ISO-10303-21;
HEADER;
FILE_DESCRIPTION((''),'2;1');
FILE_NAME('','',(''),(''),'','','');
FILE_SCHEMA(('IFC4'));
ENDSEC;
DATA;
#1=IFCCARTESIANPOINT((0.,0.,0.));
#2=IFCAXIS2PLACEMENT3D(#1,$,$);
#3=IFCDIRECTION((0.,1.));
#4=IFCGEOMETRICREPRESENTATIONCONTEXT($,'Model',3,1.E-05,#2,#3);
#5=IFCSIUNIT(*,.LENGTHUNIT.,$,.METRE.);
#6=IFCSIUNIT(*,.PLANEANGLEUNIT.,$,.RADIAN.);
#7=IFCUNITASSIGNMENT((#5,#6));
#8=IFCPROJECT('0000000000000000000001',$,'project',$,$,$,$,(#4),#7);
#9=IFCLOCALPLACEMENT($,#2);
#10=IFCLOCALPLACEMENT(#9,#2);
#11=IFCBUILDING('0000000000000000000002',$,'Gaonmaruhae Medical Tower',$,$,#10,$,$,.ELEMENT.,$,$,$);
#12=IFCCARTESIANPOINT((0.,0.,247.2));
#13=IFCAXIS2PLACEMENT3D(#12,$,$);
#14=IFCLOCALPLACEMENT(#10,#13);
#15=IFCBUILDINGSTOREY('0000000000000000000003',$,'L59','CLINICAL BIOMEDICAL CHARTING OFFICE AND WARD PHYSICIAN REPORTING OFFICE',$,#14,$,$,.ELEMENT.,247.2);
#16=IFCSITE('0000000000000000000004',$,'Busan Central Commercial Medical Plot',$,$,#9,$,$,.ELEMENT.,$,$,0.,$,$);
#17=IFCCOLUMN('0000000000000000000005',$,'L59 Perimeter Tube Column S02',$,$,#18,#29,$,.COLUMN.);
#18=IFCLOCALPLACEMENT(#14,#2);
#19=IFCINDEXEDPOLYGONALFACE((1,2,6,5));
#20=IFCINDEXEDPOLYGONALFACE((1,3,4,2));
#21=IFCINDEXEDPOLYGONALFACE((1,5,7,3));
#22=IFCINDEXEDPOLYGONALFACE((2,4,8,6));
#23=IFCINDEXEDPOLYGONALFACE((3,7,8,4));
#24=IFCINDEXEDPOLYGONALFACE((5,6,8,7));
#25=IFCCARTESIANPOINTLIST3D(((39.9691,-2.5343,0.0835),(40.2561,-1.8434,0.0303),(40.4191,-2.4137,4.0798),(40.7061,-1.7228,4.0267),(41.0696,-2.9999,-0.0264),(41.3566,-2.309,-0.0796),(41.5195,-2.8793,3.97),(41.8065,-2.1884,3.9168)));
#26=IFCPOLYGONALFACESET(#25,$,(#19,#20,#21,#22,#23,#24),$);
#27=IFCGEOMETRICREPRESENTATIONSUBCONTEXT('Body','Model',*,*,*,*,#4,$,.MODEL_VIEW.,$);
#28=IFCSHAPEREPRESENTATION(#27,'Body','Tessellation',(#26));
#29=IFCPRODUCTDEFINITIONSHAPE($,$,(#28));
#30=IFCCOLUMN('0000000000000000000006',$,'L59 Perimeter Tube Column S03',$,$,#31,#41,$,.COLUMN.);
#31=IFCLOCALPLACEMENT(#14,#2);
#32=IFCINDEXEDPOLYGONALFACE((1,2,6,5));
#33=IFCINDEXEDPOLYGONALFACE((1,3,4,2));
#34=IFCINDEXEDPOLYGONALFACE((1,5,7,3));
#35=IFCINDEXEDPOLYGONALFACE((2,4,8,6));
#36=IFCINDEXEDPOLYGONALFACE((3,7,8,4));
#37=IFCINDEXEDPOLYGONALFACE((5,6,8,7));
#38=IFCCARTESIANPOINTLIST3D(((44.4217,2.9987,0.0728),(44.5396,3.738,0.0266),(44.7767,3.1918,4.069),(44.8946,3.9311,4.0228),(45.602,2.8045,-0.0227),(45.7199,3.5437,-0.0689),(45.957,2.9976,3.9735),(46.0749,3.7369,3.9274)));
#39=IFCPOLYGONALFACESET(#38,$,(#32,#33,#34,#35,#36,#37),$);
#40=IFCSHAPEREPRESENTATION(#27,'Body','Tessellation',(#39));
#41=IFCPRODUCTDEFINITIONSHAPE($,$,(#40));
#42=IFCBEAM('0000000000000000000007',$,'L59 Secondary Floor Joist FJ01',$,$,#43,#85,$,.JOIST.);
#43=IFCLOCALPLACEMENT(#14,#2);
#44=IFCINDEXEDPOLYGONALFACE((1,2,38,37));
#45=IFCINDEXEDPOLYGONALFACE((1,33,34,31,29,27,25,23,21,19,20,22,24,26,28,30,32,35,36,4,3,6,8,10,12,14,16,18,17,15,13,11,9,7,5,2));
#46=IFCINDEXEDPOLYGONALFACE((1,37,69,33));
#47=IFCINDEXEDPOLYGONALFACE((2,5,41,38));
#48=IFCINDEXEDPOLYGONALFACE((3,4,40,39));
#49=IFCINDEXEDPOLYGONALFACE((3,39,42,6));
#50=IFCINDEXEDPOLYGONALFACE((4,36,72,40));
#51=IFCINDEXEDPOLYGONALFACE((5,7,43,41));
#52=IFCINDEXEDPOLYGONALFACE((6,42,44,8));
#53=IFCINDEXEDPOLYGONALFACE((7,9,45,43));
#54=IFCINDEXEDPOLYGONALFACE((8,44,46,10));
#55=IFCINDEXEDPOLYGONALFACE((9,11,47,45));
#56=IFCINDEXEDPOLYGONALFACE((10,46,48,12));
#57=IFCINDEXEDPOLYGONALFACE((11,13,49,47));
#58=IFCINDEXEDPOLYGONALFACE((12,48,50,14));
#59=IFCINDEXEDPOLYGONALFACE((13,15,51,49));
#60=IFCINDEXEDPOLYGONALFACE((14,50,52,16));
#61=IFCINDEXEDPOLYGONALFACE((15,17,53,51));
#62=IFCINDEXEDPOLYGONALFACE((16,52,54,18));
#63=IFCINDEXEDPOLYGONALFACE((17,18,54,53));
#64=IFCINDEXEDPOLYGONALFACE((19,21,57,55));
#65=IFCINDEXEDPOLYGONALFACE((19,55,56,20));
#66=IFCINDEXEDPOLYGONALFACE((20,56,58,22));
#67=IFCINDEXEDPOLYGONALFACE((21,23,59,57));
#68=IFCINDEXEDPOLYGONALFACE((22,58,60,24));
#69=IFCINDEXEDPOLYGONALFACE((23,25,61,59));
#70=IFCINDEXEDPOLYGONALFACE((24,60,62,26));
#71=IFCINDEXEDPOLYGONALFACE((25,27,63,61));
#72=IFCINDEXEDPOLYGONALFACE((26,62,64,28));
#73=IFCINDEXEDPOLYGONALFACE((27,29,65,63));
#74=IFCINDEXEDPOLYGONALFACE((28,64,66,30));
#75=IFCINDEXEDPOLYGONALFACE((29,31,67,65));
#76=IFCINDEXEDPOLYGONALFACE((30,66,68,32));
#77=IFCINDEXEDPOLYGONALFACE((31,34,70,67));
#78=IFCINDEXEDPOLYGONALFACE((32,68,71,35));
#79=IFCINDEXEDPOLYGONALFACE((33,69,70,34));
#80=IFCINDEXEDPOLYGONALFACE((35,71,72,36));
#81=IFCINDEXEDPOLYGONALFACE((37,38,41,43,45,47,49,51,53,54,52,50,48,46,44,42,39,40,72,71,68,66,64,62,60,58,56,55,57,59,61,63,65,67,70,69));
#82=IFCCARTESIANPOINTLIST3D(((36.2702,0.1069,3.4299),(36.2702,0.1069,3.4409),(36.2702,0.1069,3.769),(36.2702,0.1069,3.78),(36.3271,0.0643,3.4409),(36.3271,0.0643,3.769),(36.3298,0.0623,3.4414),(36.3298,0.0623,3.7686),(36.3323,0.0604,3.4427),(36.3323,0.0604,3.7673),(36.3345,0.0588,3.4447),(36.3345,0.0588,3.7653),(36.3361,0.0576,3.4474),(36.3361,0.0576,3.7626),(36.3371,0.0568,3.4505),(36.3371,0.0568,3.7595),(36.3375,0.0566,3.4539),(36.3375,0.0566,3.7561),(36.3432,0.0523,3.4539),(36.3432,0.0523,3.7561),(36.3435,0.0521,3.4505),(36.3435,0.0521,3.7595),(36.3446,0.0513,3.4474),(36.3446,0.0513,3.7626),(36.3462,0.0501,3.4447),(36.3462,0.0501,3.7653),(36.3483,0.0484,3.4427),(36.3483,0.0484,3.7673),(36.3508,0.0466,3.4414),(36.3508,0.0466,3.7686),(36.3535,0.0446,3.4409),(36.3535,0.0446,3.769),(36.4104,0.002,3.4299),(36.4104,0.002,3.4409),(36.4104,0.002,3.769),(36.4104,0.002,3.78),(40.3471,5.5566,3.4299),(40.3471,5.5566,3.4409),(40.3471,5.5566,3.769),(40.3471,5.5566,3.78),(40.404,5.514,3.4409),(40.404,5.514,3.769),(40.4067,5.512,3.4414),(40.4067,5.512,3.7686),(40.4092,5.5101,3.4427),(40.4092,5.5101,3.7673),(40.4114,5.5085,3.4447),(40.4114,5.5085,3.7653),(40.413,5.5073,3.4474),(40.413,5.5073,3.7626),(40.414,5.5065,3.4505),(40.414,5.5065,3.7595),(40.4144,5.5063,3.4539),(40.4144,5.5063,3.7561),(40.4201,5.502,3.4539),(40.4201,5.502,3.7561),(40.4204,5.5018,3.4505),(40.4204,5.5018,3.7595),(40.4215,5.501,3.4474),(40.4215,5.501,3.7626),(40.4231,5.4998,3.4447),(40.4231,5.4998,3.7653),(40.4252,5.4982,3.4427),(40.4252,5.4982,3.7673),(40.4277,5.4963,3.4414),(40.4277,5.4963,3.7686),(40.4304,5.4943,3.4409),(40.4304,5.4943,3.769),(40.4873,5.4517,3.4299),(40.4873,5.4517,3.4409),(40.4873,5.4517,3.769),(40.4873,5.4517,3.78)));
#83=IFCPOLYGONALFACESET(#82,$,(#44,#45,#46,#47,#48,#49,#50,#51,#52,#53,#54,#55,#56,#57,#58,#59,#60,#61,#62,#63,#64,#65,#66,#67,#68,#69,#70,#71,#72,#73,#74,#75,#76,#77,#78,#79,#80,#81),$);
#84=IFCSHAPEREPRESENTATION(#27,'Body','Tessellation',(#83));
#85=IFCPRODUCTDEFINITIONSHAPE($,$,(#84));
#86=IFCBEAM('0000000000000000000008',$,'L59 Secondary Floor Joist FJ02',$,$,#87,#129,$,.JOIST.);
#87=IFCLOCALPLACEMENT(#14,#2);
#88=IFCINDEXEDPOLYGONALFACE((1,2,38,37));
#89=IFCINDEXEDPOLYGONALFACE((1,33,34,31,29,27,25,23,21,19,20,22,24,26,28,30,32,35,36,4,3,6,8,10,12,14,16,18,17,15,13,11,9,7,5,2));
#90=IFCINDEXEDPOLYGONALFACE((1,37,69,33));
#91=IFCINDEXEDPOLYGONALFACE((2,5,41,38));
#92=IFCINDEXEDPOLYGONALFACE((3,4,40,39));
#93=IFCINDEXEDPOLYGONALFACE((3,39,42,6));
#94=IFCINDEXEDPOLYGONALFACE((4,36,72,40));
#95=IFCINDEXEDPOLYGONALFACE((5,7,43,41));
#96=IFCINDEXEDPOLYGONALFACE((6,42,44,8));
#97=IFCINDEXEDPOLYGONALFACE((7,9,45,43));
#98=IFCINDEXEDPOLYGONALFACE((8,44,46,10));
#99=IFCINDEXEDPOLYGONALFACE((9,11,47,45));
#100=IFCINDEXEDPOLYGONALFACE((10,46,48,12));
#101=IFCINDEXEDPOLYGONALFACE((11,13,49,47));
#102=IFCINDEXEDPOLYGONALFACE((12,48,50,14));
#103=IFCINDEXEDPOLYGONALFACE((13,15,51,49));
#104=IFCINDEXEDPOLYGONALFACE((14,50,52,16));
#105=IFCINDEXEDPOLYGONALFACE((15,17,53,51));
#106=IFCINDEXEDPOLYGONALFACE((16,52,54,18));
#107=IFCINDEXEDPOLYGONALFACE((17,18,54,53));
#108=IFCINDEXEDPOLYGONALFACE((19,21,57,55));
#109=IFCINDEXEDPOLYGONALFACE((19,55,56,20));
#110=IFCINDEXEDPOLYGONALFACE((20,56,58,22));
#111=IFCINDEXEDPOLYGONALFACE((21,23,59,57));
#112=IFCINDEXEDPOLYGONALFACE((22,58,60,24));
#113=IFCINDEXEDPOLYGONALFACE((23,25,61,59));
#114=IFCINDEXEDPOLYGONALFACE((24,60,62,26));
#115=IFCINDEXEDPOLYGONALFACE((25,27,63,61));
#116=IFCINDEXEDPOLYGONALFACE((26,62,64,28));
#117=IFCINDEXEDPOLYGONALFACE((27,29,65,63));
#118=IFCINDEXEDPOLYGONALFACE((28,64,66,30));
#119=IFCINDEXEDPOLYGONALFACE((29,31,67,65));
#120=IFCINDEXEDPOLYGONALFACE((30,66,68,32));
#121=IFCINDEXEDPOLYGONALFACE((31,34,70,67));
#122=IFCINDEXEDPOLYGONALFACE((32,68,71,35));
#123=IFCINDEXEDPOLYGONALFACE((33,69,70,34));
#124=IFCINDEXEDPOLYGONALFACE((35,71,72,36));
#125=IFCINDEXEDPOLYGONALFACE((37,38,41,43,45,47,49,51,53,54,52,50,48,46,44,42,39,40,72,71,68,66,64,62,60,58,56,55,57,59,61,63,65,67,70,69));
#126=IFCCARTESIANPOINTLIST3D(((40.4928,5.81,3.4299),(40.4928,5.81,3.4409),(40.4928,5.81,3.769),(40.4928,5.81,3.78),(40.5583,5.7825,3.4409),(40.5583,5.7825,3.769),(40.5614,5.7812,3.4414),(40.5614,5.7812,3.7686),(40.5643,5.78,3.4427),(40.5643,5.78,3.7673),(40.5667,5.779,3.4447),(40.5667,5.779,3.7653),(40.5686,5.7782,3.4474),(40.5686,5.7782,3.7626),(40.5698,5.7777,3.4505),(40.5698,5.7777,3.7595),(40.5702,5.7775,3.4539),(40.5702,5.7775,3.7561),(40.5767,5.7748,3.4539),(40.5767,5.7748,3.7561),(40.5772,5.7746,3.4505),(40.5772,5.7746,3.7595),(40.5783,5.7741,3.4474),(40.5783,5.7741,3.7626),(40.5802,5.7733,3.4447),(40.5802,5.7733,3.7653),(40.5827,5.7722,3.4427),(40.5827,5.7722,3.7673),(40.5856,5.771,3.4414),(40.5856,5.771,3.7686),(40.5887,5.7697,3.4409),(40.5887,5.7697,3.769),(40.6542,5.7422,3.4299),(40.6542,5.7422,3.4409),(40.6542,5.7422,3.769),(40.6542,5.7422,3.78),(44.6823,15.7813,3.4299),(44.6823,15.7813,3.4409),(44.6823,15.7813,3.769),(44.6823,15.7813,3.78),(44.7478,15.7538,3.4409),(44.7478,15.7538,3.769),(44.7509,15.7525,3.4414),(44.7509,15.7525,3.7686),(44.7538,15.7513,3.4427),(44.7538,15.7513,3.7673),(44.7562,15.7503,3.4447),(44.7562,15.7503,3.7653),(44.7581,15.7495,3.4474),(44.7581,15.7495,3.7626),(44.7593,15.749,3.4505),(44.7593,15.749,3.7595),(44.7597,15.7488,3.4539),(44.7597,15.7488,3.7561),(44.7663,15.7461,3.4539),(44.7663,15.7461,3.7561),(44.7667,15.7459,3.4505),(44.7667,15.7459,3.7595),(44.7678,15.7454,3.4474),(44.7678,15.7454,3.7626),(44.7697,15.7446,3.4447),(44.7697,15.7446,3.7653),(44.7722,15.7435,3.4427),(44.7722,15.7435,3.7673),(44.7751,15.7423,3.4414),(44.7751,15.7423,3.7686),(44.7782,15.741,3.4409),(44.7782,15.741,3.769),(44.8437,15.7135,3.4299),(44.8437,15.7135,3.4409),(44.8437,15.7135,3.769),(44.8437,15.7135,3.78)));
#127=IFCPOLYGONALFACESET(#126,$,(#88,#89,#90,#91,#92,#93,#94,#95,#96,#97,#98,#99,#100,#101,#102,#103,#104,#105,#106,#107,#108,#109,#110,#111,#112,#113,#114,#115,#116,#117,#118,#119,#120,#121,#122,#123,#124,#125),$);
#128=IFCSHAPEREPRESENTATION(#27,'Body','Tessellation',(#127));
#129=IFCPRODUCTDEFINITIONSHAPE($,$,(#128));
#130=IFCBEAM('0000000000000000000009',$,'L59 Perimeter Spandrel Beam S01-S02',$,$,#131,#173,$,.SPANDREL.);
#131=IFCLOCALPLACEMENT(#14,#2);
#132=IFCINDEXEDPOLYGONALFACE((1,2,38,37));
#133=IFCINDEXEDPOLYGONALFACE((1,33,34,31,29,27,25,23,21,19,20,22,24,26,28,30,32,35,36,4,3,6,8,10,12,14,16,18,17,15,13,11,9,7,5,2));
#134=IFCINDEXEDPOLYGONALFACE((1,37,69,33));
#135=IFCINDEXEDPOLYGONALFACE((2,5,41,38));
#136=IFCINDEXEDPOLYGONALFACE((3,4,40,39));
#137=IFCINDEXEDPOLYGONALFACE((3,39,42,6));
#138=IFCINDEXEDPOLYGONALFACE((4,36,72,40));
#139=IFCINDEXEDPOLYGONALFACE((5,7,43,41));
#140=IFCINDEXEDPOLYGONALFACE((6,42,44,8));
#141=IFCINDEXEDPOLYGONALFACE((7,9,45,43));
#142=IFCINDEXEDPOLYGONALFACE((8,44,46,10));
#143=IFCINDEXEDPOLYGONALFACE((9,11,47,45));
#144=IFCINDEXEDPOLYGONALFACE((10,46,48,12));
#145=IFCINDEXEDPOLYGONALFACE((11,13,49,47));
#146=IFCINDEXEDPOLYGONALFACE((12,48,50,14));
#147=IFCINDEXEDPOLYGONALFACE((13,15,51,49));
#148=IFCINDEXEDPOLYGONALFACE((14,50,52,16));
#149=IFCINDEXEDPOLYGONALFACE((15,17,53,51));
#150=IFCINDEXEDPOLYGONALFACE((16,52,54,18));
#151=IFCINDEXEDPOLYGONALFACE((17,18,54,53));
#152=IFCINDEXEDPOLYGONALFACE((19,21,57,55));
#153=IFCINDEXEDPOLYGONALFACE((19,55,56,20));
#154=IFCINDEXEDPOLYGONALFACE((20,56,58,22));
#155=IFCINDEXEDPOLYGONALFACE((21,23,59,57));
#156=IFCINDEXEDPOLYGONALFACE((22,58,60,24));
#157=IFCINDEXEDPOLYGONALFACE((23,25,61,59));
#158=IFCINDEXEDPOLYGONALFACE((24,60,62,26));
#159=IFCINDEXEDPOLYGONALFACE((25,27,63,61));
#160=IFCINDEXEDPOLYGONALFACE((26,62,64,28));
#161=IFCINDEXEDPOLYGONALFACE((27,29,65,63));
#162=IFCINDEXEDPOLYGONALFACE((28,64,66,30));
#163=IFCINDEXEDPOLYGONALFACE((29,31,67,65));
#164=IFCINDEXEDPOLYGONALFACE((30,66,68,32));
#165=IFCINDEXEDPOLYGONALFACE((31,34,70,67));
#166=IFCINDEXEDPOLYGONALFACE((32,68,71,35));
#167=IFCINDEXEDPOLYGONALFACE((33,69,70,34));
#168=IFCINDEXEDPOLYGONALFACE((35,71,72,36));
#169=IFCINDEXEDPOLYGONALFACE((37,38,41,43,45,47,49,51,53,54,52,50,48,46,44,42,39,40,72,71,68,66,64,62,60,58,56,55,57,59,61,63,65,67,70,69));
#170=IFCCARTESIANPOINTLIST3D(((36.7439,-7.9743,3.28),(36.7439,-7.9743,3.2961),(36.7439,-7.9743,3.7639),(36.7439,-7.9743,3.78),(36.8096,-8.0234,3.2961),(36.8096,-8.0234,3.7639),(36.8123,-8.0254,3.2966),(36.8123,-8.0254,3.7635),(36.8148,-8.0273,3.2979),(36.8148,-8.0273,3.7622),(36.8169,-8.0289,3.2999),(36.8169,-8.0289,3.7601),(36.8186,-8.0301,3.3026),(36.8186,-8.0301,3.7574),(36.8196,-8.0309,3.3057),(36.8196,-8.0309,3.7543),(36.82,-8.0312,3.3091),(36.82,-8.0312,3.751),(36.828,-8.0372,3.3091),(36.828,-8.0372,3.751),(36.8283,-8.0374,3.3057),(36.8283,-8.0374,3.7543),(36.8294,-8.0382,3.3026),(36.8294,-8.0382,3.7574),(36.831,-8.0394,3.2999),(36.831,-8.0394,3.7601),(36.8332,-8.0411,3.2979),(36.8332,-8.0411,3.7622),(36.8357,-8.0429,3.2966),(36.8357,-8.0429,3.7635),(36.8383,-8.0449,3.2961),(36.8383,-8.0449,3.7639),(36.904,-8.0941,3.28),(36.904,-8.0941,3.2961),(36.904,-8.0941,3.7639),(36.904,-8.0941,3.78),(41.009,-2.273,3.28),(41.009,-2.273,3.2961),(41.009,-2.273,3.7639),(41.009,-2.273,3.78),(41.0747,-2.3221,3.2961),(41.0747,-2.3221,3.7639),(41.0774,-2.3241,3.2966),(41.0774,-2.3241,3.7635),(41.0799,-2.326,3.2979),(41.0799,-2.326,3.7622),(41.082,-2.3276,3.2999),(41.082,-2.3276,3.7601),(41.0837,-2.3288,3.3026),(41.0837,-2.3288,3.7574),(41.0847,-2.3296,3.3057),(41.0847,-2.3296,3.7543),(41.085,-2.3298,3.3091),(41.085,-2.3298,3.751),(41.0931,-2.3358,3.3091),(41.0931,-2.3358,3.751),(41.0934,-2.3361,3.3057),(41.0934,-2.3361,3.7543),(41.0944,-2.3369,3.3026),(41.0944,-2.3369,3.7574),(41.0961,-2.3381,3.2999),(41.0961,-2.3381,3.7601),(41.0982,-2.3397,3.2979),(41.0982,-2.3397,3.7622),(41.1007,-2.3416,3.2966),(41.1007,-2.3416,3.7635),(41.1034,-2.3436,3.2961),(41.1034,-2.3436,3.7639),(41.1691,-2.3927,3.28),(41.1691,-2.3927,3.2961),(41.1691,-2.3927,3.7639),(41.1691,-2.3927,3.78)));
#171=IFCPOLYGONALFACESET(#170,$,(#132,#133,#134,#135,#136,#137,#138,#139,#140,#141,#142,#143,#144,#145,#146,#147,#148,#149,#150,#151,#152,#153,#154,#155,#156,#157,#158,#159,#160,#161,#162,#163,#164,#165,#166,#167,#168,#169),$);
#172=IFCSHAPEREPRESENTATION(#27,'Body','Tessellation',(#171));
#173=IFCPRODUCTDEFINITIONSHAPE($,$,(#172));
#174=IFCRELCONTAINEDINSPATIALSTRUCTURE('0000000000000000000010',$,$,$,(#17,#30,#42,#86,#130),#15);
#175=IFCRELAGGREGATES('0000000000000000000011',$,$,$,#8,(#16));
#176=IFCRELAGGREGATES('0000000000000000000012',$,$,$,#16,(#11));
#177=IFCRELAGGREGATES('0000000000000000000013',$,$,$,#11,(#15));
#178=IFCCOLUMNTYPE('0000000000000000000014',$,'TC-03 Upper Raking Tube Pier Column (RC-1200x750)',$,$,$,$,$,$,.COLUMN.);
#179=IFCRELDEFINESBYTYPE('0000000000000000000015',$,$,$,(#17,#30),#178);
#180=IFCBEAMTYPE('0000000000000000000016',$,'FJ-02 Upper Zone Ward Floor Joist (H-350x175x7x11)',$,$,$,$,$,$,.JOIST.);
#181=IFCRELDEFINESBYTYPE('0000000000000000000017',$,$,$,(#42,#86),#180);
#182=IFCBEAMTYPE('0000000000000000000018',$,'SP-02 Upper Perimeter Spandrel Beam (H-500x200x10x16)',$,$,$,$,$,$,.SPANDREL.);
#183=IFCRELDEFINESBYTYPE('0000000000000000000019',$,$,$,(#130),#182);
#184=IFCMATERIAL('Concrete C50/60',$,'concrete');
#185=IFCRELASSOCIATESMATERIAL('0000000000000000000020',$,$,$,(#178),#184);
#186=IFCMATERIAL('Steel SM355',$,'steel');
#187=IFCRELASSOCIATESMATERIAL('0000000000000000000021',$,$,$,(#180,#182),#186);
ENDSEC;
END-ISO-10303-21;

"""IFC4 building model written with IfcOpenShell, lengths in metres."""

from ifc_helpers import new_model, si_unit, direction, frame, origin, origin_2d, place, context, subcontext, project, spatial, rectangle, i_section, extrude, material, material_profile, profile_set, type_object, element, save


model = new_model("IFC4")

# Units and contexts
model_context = context("Model", 3, precision=1e-05, world=origin(), true_north=direction((0.0, 1.0)))
body_context = subcontext(model_context, "Body", "Model", "MODEL_VIEW")
ifc_project = project(units=[si_unit("LENGTHUNIT", "METRE"), si_unit("PLANEANGLEUNIT", "RADIAN")], contexts=[model_context])

# Site, building, storey
site_placement = place(None, origin())
site = spatial("IfcSite", under=ifc_project, at=site_placement, Name="Busan Central Commercial Medical Plot", CompositionType="ELEMENT", RefElevation=0.0)
building_placement = place(site_placement, origin())
building = spatial("IfcBuilding", under=site, at=building_placement, Name="Gaonmaruhae Medical Tower", CompositionType="ELEMENT")
storey_placement = place(building_placement, frame((0.0, 0.0, 247.2)))
storey = spatial("IfcBuildingStorey", under=building, at=storey_placement, Name="L59", Description="CLINICAL BIOMEDICAL CHARTING OFFICE AND WARD PHYSICIAN REPORTING OFFICE", CompositionType="ELEMENT", Elevation=247.2)

# Columns
ifc_material_1 = material(Name="Concrete C50/60", Category="concrete")
ifc_material_profile_1 = material_profile(ifc_material_1, rectangle(XDim=1.2, YDim=0.75, at=origin_2d()), Name="RC-1200x750")
ifc_profile_set_1 = profile_set([ifc_material_profile_1], Name="Concrete C50/60")
column_type = type_object("IfcColumnType", Name="TC-03 Upper Raking Tube Pier Column (RC-1200x750)", PredefinedType="COLUMN", material=ifc_profile_set_1)
column_1_placement = place(storey_placement, frame((40.6628, -2.4216, 0.002), z_axis=(0.111834, 0.029976, 0.993275), x_axis=(-0.917098, 0.388009, 0.091547)))
element("IfcColumn", 1, at=column_1_placement, inside=storey, type_object=column_type, Name="L59 Perimeter Tube Column S02", PredefinedType="COLUMN", context=body_context, shape_type="SweptSolid", body=[
    extrude(rectangle(XDim=1.2, YDim=0.75, at=origin_2d()), origin(), (0.0, 0.0, 1.0), 4.0234),
])
column_2_placement = place(storey_placement, frame((45.0708, 3.2712, 0.002), z_axis=(0.088376, 0.048078, 0.994926), x_axis=(-0.983604, 0.161851, 0.079549)))
element("IfcColumn", 2, at=column_2_placement, inside=storey, type_object=column_type, Name="L59 Perimeter Tube Column S03", PredefinedType="COLUMN", context=body_context, shape_type="SweptSolid", body=[
    extrude(rectangle(XDim=1.2, YDim=0.75, at=origin_2d()), origin(), (0.0, 0.0, 1.0), 4.0166),
])

# Beams
ifc_material_2 = material(Name="Steel SM355", Category="steel")
ifc_material_profile_2 = material_profile(ifc_material_2, i_section(OverallWidth=0.175, OverallDepth=0.3501, WebThickness=0.0071, FlangeThickness=0.011, FilletRadius=0.0129, at=origin_2d()), Name="H-350x175x7x11")
ifc_profile_set_2 = profile_set([ifc_material_profile_2], Name="Steel SM355")
beam_type_1 = type_object("IfcBeamType", Name="FJ-02 Upper Zone Ward Floor Joist (H-350x175x7x11)", PredefinedType="JOIST", material=ifc_profile_set_2)
beam_1_placement = place(storey_placement, frame((36.3403, 0.0544, 3.605), z_axis=(0.599024, 0.800731, 0.0), x_axis=(-0.800731, 0.599024, 0.0)))
element("IfcBeam", 3, at=beam_1_placement, inside=storey, type_object=beam_type_1, Name="L59 Secondary Floor Joist FJ01", PredefinedType="JOIST", context=body_context, shape_type="SweptSolid", body=[
    extrude(i_section(OverallWidth=0.175, OverallDepth=0.3501, WebThickness=0.0071, FlangeThickness=0.011, FilletRadius=0.0129, at=origin_2d()), origin(), (0.0, 0.0, 1.0), 6.8059),
])
beam_2_placement = place(storey_placement, frame((40.5735, 5.7761, 3.605), z_axis=(0.387355, 0.921931, 0.0), x_axis=(-0.921931, 0.387355, 0.0)))
element("IfcBeam", 4, at=beam_2_placement, inside=storey, type_object=beam_type_1, Name="L59 Secondary Floor Joist FJ02", PredefinedType="JOIST", context=body_context, shape_type="SweptSolid", body=[
    extrude(i_section(OverallWidth=0.175, OverallDepth=0.3501, WebThickness=0.0071, FlangeThickness=0.011, FilletRadius=0.0129, at=origin_2d()), origin(), (0.0, 0.0, 1.0), 10.8157),
])
ifc_material_profile_3 = material_profile(ifc_material_2, i_section(OverallWidth=0.2, OverallDepth=0.5, WebThickness=0.01, FlangeThickness=0.0161, FilletRadius=0.0129, at=origin_2d()), Name="H-500x200x10x16")
ifc_profile_set_3 = profile_set([ifc_material_profile_3], Name="Steel SM355")
beam_type_2 = type_object("IfcBeamType", Name="SP-02 Upper Perimeter Spandrel Beam (H-500x200x10x16)", PredefinedType="SPANDREL", material=ifc_profile_set_3)
for number, where, z_axis, x_axis, name in (
    (5, (36.824, -8.0342, 3.53), (0.599018, 0.800736, 0.0), (-0.800736, 0.599018, 0.0), "L59 Perimeter Spandrel Beam S01-S02"),
):
    element("IfcBeam", number, at=place(storey_placement, frame(where, z_axis=z_axis, x_axis=x_axis)), inside=storey, type_object=beam_type_2, Name=name, PredefinedType="SPANDREL", context=body_context, shape_type="SweptSolid", body=[
        extrude(i_section(OverallWidth=0.2, OverallDepth=0.5, WebThickness=0.01, FlangeThickness=0.0161, FilletRadius=0.0129, at=origin_2d()), origin(), (0.0, 0.0, 1.0), 7.1201),
    ])

save(model, "model.ifc")
